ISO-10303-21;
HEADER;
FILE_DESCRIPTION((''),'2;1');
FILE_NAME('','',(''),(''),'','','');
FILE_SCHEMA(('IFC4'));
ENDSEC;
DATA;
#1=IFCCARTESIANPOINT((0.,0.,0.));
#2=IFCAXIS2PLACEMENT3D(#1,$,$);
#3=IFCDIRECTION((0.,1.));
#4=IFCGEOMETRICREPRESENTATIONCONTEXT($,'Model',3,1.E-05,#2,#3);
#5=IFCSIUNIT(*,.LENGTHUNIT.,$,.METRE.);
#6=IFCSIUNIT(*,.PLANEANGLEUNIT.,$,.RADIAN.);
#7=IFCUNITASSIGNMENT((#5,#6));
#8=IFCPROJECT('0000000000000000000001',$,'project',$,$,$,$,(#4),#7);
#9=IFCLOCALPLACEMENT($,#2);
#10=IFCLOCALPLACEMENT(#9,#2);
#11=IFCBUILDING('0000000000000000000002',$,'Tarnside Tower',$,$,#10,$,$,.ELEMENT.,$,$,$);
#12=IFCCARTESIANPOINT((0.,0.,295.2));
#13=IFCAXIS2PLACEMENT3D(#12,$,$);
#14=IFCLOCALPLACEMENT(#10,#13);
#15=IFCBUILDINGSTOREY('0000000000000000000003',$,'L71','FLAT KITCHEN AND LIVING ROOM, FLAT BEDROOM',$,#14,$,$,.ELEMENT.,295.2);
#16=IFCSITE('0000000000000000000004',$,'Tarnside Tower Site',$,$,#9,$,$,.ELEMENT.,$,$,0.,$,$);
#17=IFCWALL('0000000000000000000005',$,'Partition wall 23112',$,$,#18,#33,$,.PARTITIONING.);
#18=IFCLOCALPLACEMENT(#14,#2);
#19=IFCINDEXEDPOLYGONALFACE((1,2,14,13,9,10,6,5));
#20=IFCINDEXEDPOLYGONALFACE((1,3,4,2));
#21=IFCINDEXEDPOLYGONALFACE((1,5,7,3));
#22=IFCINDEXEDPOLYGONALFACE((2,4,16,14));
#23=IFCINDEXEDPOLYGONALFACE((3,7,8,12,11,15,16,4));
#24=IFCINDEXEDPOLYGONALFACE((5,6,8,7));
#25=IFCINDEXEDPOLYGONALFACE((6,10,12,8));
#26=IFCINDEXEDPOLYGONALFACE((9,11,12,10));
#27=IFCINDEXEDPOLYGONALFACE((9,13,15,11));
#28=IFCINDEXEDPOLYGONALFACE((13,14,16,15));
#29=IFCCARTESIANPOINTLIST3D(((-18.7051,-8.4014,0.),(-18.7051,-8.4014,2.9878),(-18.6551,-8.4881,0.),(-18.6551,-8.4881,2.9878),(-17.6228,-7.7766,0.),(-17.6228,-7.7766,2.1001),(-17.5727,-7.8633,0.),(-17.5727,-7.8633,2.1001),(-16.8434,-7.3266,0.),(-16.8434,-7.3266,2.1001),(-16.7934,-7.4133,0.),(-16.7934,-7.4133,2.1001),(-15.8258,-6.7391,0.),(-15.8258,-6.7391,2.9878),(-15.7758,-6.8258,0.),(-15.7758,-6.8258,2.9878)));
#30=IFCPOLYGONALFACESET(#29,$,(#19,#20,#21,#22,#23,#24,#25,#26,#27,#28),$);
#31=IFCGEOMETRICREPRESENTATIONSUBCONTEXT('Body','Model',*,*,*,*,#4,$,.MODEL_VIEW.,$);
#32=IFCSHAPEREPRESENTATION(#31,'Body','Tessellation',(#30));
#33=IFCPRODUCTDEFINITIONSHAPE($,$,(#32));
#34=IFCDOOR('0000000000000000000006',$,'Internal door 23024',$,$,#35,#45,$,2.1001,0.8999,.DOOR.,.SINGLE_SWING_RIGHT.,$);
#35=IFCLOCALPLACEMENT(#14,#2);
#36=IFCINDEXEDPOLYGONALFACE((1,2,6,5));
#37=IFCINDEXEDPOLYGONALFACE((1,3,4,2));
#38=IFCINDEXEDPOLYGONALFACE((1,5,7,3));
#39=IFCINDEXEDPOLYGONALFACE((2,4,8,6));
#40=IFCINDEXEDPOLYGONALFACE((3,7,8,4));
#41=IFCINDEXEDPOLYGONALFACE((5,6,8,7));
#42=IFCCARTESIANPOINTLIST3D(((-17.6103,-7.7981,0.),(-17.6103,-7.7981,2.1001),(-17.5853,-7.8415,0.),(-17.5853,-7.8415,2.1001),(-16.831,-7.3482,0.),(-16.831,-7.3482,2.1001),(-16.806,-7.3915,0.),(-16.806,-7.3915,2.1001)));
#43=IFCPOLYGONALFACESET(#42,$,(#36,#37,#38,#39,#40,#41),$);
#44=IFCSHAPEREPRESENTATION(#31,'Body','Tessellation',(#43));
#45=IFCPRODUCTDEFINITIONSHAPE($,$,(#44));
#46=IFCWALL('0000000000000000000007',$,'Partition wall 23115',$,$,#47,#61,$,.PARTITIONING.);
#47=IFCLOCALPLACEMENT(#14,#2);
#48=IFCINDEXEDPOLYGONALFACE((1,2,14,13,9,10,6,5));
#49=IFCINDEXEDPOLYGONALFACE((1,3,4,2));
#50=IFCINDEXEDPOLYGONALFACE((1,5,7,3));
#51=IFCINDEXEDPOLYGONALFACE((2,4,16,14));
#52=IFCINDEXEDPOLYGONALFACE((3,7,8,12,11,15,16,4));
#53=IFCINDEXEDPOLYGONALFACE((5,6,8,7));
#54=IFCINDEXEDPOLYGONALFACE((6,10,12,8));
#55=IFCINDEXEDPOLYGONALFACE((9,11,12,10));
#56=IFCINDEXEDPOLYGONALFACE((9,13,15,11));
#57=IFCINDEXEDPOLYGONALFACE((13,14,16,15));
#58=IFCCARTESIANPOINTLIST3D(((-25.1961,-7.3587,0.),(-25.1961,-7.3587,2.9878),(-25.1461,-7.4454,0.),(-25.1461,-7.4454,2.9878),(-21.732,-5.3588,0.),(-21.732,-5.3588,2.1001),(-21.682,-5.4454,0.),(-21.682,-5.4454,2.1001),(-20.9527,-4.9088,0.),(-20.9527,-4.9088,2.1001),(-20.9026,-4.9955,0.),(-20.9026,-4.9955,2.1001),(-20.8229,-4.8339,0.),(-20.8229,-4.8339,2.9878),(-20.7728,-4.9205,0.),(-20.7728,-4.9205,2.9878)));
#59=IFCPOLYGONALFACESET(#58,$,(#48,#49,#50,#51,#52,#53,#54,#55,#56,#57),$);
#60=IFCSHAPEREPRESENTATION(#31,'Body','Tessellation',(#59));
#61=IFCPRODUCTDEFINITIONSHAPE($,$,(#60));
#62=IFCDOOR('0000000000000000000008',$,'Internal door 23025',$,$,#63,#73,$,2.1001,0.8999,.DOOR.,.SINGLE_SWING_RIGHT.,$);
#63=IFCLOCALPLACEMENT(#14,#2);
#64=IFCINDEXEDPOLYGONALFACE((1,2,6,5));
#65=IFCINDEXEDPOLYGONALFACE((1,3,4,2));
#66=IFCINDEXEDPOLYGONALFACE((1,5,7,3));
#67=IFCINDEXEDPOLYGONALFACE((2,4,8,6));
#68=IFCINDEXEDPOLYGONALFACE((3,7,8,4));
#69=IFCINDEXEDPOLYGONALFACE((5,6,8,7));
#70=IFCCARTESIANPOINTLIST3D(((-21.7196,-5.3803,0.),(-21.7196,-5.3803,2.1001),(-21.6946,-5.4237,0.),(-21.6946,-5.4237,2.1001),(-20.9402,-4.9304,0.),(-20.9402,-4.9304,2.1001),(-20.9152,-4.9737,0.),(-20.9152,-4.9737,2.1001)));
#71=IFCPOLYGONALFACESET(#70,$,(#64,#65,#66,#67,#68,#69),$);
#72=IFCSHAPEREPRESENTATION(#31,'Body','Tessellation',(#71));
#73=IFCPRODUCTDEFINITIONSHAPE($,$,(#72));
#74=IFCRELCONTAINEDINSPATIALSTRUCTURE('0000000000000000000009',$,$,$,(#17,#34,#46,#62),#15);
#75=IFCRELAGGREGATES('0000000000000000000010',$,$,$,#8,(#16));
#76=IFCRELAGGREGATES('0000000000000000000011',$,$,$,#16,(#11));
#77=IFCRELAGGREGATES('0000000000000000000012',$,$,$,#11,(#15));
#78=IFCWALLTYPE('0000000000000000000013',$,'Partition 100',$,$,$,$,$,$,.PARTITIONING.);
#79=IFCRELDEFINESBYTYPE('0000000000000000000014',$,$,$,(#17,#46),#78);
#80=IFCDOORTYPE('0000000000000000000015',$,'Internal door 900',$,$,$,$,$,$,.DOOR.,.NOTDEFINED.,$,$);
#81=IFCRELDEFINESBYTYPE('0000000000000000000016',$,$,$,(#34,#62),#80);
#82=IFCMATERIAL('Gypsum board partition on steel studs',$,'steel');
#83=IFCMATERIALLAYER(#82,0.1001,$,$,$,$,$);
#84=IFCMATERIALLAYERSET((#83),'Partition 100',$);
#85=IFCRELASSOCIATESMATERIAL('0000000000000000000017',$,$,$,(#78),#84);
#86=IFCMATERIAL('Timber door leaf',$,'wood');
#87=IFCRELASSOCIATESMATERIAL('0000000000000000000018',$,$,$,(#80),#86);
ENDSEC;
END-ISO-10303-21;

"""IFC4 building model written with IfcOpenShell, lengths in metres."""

from ifc_helpers import new_model, si_unit, direction, frame, frame_2d, origin, place, context, subcontext, project, spatial, rectangle, extrude, material, layer, layer_set, type_object, element, fill, save


model = new_model("IFC4")

# Units and contexts
model_context = context("Model", 3, precision=1e-05, world=origin(), true_north=direction((0.0, 1.0)))
body_context = subcontext(model_context, "Body", "Model", "MODEL_VIEW")
ifc_project = project(units=[si_unit("LENGTHUNIT", "METRE"), si_unit("PLANEANGLEUNIT", "RADIAN")], contexts=[model_context])

# Site, building, storey
site_placement = place(None, origin())
site = spatial("IfcSite", under=ifc_project, at=site_placement, Name="Tarnside Tower Site", CompositionType="ELEMENT", RefElevation=0.0)
building_placement = place(site_placement, origin())
building = spatial("IfcBuilding", under=site, at=building_placement, Name="Tarnside Tower", CompositionType="ELEMENT")
storey_placement = place(building_placement, frame((0.0, 0.0, 295.2)))
storey = spatial("IfcBuildingStorey", under=building, at=storey_placement, Name="L71", Description="FLAT KITCHEN AND LIVING ROOM, FLAT BEDROOM", CompositionType="ELEMENT", Elevation=295.2)

# Shared definitions
ifc_material_1 = material(Name="Gypsum board partition on steel studs", Category="steel")

# Shared definitions
ifc_material_2 = material(Name="Timber door leaf", Category="wood")

# Walls, openings, doors
ifc_layer_1 = layer(ifc_material_1, 0.1001)
ifc_layer_set_1 = layer_set([ifc_layer_1], Name="Partition 100")
wall_type_1 = type_object("IfcWallType", Name="Partition 100", PredefinedType="PARTITIONING", material=ifc_layer_set_1)
wall_1_placement = place(storey_placement, frame((-15.8008, -6.7825, 0.0), z_axis=(0.0, 0.0, 1.0), x_axis=(-0.866034, -0.499985, 0.0)))
wall_1 = element("IfcWall", 1, at=wall_1_placement, inside=storey, type_object=wall_type_1, Name="Partition wall 23112", PredefinedType="PARTITIONING", context=body_context, shape_type="SweptSolid", body=[
    extrude(rectangle(XDim=3.3247, YDim=0.1001, at=frame_2d((1.6624, 0.0))), origin(), (0.0, 0.0, 1.0), 2.9878),
])
opening_1_placement = place(wall_1_placement, frame((1.175, 0.0, 0.0)))
opening_1 = element("IfcOpeningElement", 2, at=opening_1_placement, cuts=wall_1, PredefinedType="OPENING", context=body_context, shape_type="SweptSolid", body=[
    extrude(rectangle(XDim=0.8999, YDim=2.1001, at=frame_2d((0.45, 1.05))), frame((0.0, 0.0601, 0.0), z_axis=(0.0, -1.0, 0.0), x_axis=(1.0, 0.0, 0.0)), (0.0, 0.0, 1.0), 0.1201),
])
door_type_1 = type_object("IfcDoorType", Name="Internal door 900", OperationType="NOTDEFINED", PredefinedType="DOOR", material=ifc_material_2)
door_1_placement = place(opening_1_placement, origin())
door_1 = element("IfcDoor", 3, at=door_1_placement, inside=storey, type_object=door_type_1, Name="Internal door 23024", OperationType="SINGLE_SWING_RIGHT", OverallHeight=2.1001, OverallWidth=0.8999, PredefinedType="DOOR", context=body_context, shape_type="SweptSolid", body=[
    extrude(rectangle(XDim=0.8999, YDim=2.1001, at=frame_2d((0.45, 1.05))), frame((0.0, 0.0249, 0.0), z_axis=(0.0, -1.0, 0.0), x_axis=(1.0, 0.0, 0.0)), (0.0, 0.0, 1.0), 0.05),
])
fill(opening_1, door_1)
wall_2_placement = place(storey_placement, frame((-20.7979, -4.8772, 0.0), z_axis=(0.0, 0.0, 1.0), x_axis=(-0.866027, -0.499997, 0.0)))
wall_2 = element("IfcWall", 4, at=wall_2_placement, inside=storey, type_object=wall_type_1, Name="Partition wall 23115", PredefinedType="PARTITIONING", context=body_context, shape_type="SweptSolid", body=[
    extrude(rectangle(XDim=5.0498, YDim=0.1001, at=frame_2d((2.5249, 0.0))), origin(), (0.0, 0.0, 1.0), 2.9878),
])
opening_2_placement = place(wall_2_placement, frame((0.1499, 0.0, 0.0)))
opening_2 = element("IfcOpeningElement", 5, at=opening_2_placement, cuts=wall_2, PredefinedType="OPENING", context=body_context, shape_type="SweptSolid", body=[
    extrude(rectangle(XDim=0.8999, YDim=2.1001, at=frame_2d((0.45, 1.05))), frame((0.0, 0.0601, 0.0), z_axis=(0.0, -1.0, 0.0), x_axis=(1.0, 0.0, 0.0)), (0.0, 0.0, 1.0), 0.1201),
])
door_2_placement = place(opening_2_placement, origin())
door_2 = element("IfcDoor", 6, at=door_2_placement, inside=storey, type_object=door_type_1, Name="Internal door 23025", OperationType="SINGLE_SWING_RIGHT", OverallHeight=2.1001, OverallWidth=0.8999, PredefinedType="DOOR", context=body_context, shape_type="SweptSolid", body=[
    extrude(rectangle(XDim=0.8999, YDim=2.1001, at=frame_2d((0.45, 1.05))), frame((0.0, 0.0249, 0.0), z_axis=(0.0, -1.0, 0.0), x_axis=(1.0, 0.0, 0.0)), (0.0, 0.0, 1.0), 0.05),
])
fill(opening_2, door_2)

save(model, "model.ifc")
